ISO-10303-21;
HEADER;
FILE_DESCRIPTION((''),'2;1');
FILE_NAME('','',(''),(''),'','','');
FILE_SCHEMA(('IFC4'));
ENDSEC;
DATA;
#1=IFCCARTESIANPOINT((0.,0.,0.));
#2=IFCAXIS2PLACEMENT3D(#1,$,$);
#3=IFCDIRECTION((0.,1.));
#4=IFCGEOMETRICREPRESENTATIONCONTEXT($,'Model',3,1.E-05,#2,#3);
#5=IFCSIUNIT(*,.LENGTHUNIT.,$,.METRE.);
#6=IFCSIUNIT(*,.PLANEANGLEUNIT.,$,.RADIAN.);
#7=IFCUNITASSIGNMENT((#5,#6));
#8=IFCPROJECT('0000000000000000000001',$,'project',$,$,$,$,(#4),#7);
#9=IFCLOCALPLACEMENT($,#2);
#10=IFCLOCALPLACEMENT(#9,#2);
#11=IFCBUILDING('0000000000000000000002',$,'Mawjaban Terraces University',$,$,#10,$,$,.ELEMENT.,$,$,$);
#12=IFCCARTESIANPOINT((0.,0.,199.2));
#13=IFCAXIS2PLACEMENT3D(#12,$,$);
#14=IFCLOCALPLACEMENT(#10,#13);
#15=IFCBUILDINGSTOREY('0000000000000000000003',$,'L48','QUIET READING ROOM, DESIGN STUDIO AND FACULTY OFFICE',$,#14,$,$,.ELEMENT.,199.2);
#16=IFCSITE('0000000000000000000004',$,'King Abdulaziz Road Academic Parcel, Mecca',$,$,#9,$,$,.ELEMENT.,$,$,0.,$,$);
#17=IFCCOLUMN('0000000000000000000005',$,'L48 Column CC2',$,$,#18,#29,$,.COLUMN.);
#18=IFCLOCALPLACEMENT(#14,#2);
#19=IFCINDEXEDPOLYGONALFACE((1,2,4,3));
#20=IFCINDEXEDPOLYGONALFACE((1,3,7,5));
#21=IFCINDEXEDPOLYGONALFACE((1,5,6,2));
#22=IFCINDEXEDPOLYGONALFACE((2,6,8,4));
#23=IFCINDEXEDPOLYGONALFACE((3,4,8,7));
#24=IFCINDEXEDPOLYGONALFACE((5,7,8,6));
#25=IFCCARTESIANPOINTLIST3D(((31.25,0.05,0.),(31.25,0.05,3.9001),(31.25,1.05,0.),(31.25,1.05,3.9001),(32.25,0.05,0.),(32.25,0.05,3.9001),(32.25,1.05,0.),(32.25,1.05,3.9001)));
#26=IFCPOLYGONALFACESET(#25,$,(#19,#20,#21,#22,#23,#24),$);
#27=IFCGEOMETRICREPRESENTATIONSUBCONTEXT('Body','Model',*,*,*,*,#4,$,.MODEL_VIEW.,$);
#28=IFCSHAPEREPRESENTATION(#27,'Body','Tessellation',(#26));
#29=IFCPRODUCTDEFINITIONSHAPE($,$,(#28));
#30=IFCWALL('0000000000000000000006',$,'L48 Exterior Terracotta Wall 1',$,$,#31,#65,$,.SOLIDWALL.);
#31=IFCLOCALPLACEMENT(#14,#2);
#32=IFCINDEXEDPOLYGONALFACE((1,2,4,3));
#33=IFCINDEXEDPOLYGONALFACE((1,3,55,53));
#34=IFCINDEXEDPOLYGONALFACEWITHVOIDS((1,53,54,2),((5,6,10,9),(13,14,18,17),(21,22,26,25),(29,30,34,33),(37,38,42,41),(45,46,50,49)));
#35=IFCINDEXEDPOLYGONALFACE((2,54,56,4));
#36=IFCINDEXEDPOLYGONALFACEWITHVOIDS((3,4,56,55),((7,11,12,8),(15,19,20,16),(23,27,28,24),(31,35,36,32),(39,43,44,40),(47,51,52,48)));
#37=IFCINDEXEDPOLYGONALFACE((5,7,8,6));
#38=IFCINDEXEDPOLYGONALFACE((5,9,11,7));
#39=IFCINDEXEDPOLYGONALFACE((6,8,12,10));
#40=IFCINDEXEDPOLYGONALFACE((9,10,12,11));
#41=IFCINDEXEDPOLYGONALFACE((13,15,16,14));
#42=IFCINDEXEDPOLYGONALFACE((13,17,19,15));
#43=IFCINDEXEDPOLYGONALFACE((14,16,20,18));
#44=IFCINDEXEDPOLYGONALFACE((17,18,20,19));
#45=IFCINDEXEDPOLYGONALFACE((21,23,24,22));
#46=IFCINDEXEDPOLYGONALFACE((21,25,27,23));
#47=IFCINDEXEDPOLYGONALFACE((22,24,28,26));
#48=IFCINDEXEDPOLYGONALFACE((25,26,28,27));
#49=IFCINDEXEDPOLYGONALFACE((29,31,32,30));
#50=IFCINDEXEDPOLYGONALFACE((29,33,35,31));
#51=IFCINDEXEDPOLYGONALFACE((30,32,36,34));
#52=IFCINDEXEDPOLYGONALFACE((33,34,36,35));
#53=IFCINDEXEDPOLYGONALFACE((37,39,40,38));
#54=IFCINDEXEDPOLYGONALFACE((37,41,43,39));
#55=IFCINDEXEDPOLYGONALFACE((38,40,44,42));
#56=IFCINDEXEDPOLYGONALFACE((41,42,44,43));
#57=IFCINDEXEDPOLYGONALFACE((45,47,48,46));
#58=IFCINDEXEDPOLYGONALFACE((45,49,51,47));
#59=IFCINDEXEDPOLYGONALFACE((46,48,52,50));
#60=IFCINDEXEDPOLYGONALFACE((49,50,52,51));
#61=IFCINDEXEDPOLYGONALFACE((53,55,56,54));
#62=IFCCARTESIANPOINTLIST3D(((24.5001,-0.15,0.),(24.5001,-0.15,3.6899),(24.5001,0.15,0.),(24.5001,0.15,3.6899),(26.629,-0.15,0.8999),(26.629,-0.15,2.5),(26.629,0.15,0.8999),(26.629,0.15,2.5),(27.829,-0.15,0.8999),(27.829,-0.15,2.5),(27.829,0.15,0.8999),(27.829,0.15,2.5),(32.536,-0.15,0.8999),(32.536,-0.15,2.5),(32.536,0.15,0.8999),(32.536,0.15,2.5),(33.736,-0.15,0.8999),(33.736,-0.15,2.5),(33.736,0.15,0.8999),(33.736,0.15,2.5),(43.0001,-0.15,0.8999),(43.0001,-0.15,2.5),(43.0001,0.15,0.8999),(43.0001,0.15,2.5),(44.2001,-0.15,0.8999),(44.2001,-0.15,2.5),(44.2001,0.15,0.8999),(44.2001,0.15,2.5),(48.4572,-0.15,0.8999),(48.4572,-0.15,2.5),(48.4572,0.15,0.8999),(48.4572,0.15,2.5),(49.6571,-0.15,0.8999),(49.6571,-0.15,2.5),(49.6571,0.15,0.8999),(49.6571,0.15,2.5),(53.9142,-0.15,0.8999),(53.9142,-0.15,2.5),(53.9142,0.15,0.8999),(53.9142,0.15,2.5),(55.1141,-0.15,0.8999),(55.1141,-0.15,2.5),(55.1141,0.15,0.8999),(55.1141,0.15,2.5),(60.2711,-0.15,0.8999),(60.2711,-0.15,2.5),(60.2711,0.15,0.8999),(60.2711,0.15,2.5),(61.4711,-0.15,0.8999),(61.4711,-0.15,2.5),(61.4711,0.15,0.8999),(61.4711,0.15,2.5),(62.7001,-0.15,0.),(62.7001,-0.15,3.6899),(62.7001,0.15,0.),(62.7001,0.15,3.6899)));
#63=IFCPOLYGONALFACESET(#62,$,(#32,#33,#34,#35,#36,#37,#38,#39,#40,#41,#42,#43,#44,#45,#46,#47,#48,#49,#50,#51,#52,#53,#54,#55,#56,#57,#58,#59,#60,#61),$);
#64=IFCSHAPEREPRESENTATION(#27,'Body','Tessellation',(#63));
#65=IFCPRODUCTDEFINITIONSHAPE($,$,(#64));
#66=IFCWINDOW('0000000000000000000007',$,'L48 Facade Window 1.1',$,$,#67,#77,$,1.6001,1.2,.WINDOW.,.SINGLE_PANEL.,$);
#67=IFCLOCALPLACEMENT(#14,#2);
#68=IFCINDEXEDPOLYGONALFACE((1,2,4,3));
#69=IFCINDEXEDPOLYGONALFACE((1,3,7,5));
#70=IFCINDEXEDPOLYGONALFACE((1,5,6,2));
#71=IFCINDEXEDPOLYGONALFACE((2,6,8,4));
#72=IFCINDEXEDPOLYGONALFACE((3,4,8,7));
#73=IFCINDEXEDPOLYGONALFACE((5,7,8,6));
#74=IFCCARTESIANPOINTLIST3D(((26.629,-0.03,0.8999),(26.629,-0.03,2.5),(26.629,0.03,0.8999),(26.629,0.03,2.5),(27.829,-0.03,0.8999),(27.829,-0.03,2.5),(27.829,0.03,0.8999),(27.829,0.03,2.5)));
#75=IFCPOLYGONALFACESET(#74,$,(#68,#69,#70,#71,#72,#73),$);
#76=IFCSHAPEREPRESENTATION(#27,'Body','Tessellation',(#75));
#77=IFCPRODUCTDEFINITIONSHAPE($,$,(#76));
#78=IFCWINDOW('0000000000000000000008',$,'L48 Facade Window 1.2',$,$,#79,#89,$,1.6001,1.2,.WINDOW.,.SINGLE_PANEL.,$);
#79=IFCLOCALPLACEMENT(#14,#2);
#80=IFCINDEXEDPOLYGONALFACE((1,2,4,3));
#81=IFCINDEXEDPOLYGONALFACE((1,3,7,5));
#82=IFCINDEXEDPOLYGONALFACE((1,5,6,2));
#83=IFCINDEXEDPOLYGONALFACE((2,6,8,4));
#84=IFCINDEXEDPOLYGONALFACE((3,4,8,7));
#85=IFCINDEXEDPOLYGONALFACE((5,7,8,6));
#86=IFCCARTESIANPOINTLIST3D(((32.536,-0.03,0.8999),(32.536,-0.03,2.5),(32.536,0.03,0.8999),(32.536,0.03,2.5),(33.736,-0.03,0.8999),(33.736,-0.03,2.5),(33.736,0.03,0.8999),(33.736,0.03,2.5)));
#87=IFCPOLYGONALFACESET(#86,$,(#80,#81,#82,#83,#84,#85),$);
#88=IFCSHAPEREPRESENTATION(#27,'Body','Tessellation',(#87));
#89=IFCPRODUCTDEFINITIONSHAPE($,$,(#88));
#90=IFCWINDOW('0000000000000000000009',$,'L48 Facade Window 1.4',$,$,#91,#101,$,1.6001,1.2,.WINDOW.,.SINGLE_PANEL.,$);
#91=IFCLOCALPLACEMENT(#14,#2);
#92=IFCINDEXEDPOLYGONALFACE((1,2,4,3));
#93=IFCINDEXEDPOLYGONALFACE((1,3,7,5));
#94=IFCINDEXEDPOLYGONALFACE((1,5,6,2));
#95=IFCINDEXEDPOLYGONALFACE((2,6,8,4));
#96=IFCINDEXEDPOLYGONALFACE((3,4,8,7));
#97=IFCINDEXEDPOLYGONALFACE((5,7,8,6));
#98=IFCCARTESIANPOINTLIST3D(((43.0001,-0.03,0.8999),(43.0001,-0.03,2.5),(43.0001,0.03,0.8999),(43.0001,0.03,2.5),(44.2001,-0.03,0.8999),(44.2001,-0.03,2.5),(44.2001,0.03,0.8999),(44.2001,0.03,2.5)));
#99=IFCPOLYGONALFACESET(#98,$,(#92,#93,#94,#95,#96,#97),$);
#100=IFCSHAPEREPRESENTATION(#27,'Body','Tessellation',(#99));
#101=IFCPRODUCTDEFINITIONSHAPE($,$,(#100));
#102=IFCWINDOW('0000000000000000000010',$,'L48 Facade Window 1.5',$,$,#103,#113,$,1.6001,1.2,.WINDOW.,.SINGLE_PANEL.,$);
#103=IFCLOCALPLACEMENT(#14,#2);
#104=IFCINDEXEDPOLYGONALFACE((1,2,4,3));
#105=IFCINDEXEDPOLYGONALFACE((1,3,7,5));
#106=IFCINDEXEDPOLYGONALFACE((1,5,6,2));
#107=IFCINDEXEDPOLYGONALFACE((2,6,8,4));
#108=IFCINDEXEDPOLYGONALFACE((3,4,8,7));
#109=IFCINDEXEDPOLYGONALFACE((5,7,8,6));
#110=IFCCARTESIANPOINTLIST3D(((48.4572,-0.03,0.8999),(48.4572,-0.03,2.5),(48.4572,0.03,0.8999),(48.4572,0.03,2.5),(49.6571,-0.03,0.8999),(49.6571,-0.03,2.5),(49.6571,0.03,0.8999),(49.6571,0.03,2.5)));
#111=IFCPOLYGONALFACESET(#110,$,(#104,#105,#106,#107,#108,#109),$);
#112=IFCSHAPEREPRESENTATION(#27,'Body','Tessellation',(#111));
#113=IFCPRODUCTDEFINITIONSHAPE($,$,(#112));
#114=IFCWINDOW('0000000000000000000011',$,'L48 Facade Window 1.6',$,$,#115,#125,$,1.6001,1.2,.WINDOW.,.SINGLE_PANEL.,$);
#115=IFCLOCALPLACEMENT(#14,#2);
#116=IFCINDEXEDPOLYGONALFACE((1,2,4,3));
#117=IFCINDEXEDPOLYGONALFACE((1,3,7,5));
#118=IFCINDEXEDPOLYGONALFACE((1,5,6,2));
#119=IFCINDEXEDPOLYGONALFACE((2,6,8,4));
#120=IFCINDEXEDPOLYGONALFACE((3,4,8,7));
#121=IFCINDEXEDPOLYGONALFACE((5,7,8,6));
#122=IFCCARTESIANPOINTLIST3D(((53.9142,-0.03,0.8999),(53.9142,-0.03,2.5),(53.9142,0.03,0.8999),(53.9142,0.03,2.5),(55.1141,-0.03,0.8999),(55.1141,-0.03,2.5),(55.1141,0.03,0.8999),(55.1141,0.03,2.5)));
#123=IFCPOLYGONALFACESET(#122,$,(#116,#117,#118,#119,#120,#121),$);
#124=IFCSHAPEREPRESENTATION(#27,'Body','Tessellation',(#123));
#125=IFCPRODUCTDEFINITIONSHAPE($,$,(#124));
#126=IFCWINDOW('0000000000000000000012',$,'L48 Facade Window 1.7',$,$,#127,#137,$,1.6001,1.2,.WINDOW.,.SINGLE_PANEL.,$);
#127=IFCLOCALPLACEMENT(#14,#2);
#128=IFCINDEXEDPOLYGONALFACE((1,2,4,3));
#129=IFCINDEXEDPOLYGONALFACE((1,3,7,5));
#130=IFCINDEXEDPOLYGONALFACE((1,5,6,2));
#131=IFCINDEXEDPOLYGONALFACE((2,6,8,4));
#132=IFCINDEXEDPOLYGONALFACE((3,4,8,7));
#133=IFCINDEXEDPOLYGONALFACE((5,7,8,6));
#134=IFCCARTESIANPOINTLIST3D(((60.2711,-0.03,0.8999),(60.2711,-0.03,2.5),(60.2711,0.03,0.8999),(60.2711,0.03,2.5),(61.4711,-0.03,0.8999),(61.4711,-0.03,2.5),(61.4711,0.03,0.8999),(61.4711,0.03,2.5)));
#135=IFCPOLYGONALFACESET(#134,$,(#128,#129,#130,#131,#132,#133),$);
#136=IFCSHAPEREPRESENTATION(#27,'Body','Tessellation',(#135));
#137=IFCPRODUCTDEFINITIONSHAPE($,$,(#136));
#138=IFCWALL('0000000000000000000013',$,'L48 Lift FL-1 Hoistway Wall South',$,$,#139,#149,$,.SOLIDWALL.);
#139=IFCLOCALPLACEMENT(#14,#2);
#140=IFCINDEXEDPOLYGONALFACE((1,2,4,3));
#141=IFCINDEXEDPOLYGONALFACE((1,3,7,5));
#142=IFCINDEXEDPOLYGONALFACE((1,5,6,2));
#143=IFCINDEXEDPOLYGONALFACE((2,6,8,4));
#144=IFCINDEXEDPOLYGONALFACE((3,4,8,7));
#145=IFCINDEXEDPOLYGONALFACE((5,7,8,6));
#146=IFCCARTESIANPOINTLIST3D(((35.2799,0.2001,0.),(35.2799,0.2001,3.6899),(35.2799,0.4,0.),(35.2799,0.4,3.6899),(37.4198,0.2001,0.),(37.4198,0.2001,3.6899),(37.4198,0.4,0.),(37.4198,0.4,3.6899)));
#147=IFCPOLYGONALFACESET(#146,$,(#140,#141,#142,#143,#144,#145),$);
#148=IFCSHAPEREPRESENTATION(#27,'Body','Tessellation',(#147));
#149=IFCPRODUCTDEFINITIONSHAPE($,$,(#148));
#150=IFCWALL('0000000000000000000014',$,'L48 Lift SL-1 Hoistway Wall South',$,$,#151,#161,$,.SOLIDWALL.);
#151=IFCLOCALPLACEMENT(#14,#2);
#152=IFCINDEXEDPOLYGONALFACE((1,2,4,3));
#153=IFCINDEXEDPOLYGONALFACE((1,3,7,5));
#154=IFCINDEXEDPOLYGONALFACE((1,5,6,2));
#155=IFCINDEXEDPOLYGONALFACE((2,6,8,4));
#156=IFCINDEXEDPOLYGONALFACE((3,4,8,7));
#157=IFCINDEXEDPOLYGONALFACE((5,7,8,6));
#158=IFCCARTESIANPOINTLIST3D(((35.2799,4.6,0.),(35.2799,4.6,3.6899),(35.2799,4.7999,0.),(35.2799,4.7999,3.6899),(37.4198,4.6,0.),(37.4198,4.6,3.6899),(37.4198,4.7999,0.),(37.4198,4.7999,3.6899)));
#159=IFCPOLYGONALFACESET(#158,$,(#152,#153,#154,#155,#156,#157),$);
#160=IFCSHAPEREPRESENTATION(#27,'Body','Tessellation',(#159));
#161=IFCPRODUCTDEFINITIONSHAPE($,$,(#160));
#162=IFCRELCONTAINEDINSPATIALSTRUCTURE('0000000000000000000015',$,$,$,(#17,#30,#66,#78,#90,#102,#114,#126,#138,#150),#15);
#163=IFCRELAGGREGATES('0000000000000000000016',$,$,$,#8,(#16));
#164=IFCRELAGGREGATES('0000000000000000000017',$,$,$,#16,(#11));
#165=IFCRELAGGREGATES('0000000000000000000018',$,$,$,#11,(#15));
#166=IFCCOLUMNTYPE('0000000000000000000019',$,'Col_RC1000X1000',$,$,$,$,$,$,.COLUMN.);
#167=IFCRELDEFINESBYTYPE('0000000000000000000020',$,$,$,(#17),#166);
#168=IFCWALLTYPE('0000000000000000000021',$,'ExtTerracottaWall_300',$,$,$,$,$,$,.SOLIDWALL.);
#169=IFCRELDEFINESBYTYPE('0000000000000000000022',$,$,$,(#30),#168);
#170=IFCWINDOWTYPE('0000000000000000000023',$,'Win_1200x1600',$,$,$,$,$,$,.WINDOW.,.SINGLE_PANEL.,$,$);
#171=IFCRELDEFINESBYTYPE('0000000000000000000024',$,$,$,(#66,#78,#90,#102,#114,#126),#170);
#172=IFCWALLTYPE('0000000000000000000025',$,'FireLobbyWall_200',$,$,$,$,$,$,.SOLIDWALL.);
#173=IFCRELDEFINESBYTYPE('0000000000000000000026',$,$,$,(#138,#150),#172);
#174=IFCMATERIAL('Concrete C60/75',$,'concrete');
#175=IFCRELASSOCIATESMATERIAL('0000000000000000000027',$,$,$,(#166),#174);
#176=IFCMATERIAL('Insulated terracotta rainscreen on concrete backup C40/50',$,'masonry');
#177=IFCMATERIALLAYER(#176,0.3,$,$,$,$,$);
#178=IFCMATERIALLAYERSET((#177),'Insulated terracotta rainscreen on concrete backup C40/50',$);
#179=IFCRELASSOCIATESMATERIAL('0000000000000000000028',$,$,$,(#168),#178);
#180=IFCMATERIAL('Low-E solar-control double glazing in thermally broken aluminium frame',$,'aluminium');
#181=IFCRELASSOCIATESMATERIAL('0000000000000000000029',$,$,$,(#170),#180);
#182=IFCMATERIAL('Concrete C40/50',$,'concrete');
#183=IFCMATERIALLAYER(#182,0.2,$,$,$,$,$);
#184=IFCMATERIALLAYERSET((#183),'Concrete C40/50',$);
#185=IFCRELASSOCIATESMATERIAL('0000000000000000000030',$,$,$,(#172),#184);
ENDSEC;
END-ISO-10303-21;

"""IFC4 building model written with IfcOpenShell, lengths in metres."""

from ifc_helpers import new_model, si_unit, direction, frame, frame_2d, origin, origin_2d, place, context, subcontext, project, spatial, rectangle, extrude, material, layer, layer_set, material_profile, profile_set, type_object, element, fill, save


model = new_model("IFC4")

# Units and contexts
model_context = context("Model", 3, precision=1e-05, world=origin(), true_north=direction((0.0, 1.0)))
body_context = subcontext(model_context, "Body", "Model", "MODEL_VIEW")
ifc_project = project(units=[si_unit("LENGTHUNIT", "METRE"), si_unit("PLANEANGLEUNIT", "RADIAN")], contexts=[model_context])

# Site, building, storey
site_placement = place(None, origin())
site = spatial("IfcSite", under=ifc_project, at=site_placement, Name="King Abdulaziz Road Academic Parcel, Mecca", CompositionType="ELEMENT", RefElevation=0.0)
building_placement = place(site_placement, origin())
building = spatial("IfcBuilding", under=site, at=building_placement, Name="Mawjaban Terraces University", CompositionType="ELEMENT")
storey_placement = place(building_placement, frame((0.0, 0.0, 199.2)))
storey = spatial("IfcBuildingStorey", under=building, at=storey_placement, Name="L48", Description="QUIET READING ROOM, DESIGN STUDIO AND FACULTY OFFICE", CompositionType="ELEMENT", Elevation=199.2)

# Column
ifc_material_1 = material(Name="Concrete C60/75", Category="concrete")
ifc_material_profile = material_profile(ifc_material_1, rectangle(XDim=1.0, YDim=1.0, at=origin_2d()), Name="RC1000X1000")
ifc_profile_set = profile_set([ifc_material_profile], Name="Concrete C60/75")
column_type = type_object("IfcColumnType", Name="Col_RC1000X1000", PredefinedType="COLUMN", material=ifc_profile_set)
column_placement = place(storey_placement, frame((31.75, 0.55, 0.0), z_axis=(0.0, 0.0, 1.0), x_axis=(1.0, 0.0, 0.0)))
element("IfcColumn", 1, at=column_placement, inside=storey, type_object=column_type, Name="L48 Column CC2", PredefinedType="COLUMN", context=body_context, shape_type="SweptSolid", body=[
    extrude(rectangle(XDim=1.0, YDim=1.0, at=origin_2d()), origin(), (0.0, 0.0, 1.0), 3.9001),
])

# Wall, openings, windows
ifc_material_2 = material(Name="Insulated terracotta rainscreen on concrete backup C40/50", Category="masonry")
ifc_layer_1 = layer(ifc_material_2, 0.3)
ifc_layer_set_1 = layer_set([ifc_layer_1], Name="Insulated terracotta rainscreen on concrete backup C40/50")
wall_type_1 = type_object("IfcWallType", Name="ExtTerracottaWall_300", PredefinedType="SOLIDWALL", material=ifc_layer_set_1)
wall_1_placement = place(storey_placement, frame((24.5, 0.0, 0.0), z_axis=(0.0, 0.0, 1.0), x_axis=(1.0, 0.0, 0.0)))
wall_1 = element("IfcWall", 2, at=wall_1_placement, inside=storey, type_object=wall_type_1, Name="L48 Exterior Terracotta Wall 1", PredefinedType="SOLIDWALL", context=body_context, shape_type="SweptSolid", body=[
    extrude(rectangle(XDim=38.2, YDim=0.3, at=frame_2d((19.1001, 0.0))), origin(), (0.0, 0.0, 1.0), 3.6899),
])
opening_1_placement = place(wall_1_placement, frame((2.1289, 0.0, 0.8999)))
opening_1 = element("IfcOpeningElement", 3, at=opening_1_placement, cuts=wall_1, PredefinedType="OPENING", context=body_context, shape_type="SweptSolid", body=[
    extrude(rectangle(XDim=1.2, YDim=1.6001, at=frame_2d((0.6001, 0.8))), frame((0.0, 0.1599, 0.0), z_axis=(0.0, -1.0, 0.0), x_axis=(1.0, 0.0, 0.0)), (0.0, 0.0, 1.0), 0.3201),
])
opening_2_placement = place(wall_1_placement, frame((8.0359, 0.0, 0.8999)))
opening_2 = element("IfcOpeningElement", 4, at=opening_2_placement, cuts=wall_1, PredefinedType="OPENING", context=body_context, shape_type="SweptSolid", body=[
    extrude(rectangle(XDim=1.2, YDim=1.6001, at=frame_2d((0.6001, 0.8))), frame((0.0, 0.1599, 0.0), z_axis=(0.0, -1.0, 0.0), x_axis=(1.0, 0.0, 0.0)), (0.0, 0.0, 1.0), 0.3201),
])
opening_3_placement = place(wall_1_placement, frame((18.5, 0.0, 0.8999)))
opening_3 = element("IfcOpeningElement", 5, at=opening_3_placement, cuts=wall_1, PredefinedType="OPENING", context=body_context, shape_type="SweptSolid", body=[
    extrude(rectangle(XDim=1.2, YDim=1.6001, at=frame_2d((0.6001, 0.8))), frame((0.0, 0.1599, 0.0), z_axis=(0.0, -1.0, 0.0), x_axis=(1.0, 0.0, 0.0)), (0.0, 0.0, 1.0), 0.3201),
])
opening_4_placement = place(wall_1_placement, frame((23.957, 0.0, 0.8999)))
opening_4 = element("IfcOpeningElement", 6, at=opening_4_placement, cuts=wall_1, PredefinedType="OPENING", context=body_context, shape_type="SweptSolid", body=[
    extrude(rectangle(XDim=1.2, YDim=1.6001, at=frame_2d((0.6001, 0.8))), frame((0.0, 0.1599, 0.0), z_axis=(0.0, -1.0, 0.0), x_axis=(1.0, 0.0, 0.0)), (0.0, 0.0, 1.0), 0.3201),
])
opening_5_placement = place(wall_1_placement, frame((29.4141, 0.0, 0.8999)))
opening_5 = element("IfcOpeningElement", 7, at=opening_5_placement, cuts=wall_1, PredefinedType="OPENING", context=body_context, shape_type="SweptSolid", body=[
    extrude(rectangle(XDim=1.2, YDim=1.6001, at=frame_2d((0.6001, 0.8))), frame((0.0, 0.1599, 0.0), z_axis=(0.0, -1.0, 0.0), x_axis=(1.0, 0.0, 0.0)), (0.0, 0.0, 1.0), 0.3201),
])
opening_6_placement = place(wall_1_placement, frame((35.771, 0.0, 0.8999)))
opening_6 = element("IfcOpeningElement", 8, at=opening_6_placement, cuts=wall_1, PredefinedType="OPENING", context=body_context, shape_type="SweptSolid", body=[
    extrude(rectangle(XDim=1.2, YDim=1.6001, at=frame_2d((0.6001, 0.8))), frame((0.0, 0.1599, 0.0), z_axis=(0.0, -1.0, 0.0), x_axis=(1.0, 0.0, 0.0)), (0.0, 0.0, 1.0), 0.3201),
])
ifc_material_3 = material(Name="Low-E solar-control double glazing in thermally broken aluminium frame", Category="aluminium")
window_type = type_object("IfcWindowType", Name="Win_1200x1600", PartitioningType="SINGLE_PANEL", PredefinedType="WINDOW", material=ifc_material_3)
window_1_placement = place(opening_1_placement, origin())
window_1 = element("IfcWindow", 9, at=window_1_placement, inside=storey, type_object=window_type, Name="L48 Facade Window 1.1", OverallHeight=1.6001, OverallWidth=1.2, PartitioningType="SINGLE_PANEL", PredefinedType="WINDOW", context=body_context, shape_type="SweptSolid", body=[
    extrude(rectangle(XDim=1.2, YDim=1.6001, at=frame_2d((0.6001, 0.8))), frame((0.0, 0.03, 0.0), z_axis=(0.0, -1.0, 0.0), x_axis=(1.0, 0.0, 0.0)), (0.0, 0.0, 1.0), 0.0601),
])
fill(opening_1, window_1)
window_2_placement = place(opening_2_placement, origin())
window_2 = element("IfcWindow", 10, at=window_2_placement, inside=storey, type_object=window_type, Name="L48 Facade Window 1.2", OverallHeight=1.6001, OverallWidth=1.2, PartitioningType="SINGLE_PANEL", PredefinedType="WINDOW", context=body_context, shape_type="SweptSolid", body=[
    extrude(rectangle(XDim=1.2, YDim=1.6001, at=frame_2d((0.6001, 0.8))), frame((0.0, 0.03, 0.0), z_axis=(0.0, -1.0, 0.0), x_axis=(1.0, 0.0, 0.0)), (0.0, 0.0, 1.0), 0.0601),
])
fill(opening_2, window_2)
window_3_placement = place(opening_3_placement, origin())
window_3 = element("IfcWindow", 11, at=window_3_placement, inside=storey, type_object=window_type, Name="L48 Facade Window 1.4", OverallHeight=1.6001, OverallWidth=1.2, PartitioningType="SINGLE_PANEL", PredefinedType="WINDOW", context=body_context, shape_type="SweptSolid", body=[
    extrude(rectangle(XDim=1.2, YDim=1.6001, at=frame_2d((0.6001, 0.8))), frame((0.0, 0.03, 0.0), z_axis=(0.0, -1.0, 0.0), x_axis=(1.0, 0.0, 0.0)), (0.0, 0.0, 1.0), 0.0601),
])
fill(opening_3, window_3)
window_4_placement = place(opening_4_placement, origin())
window_4 = element("IfcWindow", 12, at=window_4_placement, inside=storey, type_object=window_type, Name="L48 Facade Window 1.5", OverallHeight=1.6001, OverallWidth=1.2, PartitioningType="SINGLE_PANEL", PredefinedType="WINDOW", context=body_context, shape_type="SweptSolid", body=[
    extrude(rectangle(XDim=1.2, YDim=1.6001, at=frame_2d((0.6001, 0.8))), frame((0.0, 0.03, 0.0), z_axis=(0.0, -1.0, 0.0), x_axis=(1.0, 0.0, 0.0)), (0.0, 0.0, 1.0), 0.0601),
])
fill(opening_4, window_4)
window_5_placement = place(opening_5_placement, origin())
window_5 = element("IfcWindow", 13, at=window_5_placement, inside=storey, type_object=window_type, Name="L48 Facade Window 1.6", OverallHeight=1.6001, OverallWidth=1.2, PartitioningType="SINGLE_PANEL", PredefinedType="WINDOW", context=body_context, shape_type="SweptSolid", body=[
    extrude(rectangle(XDim=1.2, YDim=1.6001, at=frame_2d((0.6001, 0.8))), frame((0.0, 0.03, 0.0), z_axis=(0.0, -1.0, 0.0), x_axis=(1.0, 0.0, 0.0)), (0.0, 0.0, 1.0), 0.0601),
])
fill(opening_5, window_5)
window_6_placement = place(opening_6_placement, origin())
window_6 = element("IfcWindow", 14, at=window_6_placement, inside=storey, type_object=window_type, Name="L48 Facade Window 1.7", OverallHeight=1.6001, OverallWidth=1.2, PartitioningType="SINGLE_PANEL", PredefinedType="WINDOW", context=body_context, shape_type="SweptSolid", body=[
    extrude(rectangle(XDim=1.2, YDim=1.6001, at=frame_2d((0.6001, 0.8))), frame((0.0, 0.03, 0.0), z_axis=(0.0, -1.0, 0.0), x_axis=(1.0, 0.0, 0.0)), (0.0, 0.0, 1.0), 0.0601),
])
fill(opening_6, window_6)

# Shared definitions
ifc_material_4 = material(Name="Concrete C40/50", Category="concrete")
ifc_layer_2 = layer(ifc_material_4, 0.2)
ifc_layer_set_2 = layer_set([ifc_layer_2], Name="Concrete C40/50")
wall_type_2 = type_object("IfcWallType", Name="FireLobbyWall_200", PredefinedType="SOLIDWALL", material=ifc_layer_set_2)

# Wall
wall_2_placement = place(storey_placement, frame((35.28, 0.3, 0.0), z_axis=(0.0, 0.0, 1.0), x_axis=(1.0, 0.0, 0.0)))
element("IfcWall", 15, at=wall_2_placement, inside=storey, type_object=wall_type_2, Name="L48 Lift FL-1 Hoistway Wall South", PredefinedType="SOLIDWALL", context=body_context, shape_type="SweptSolid", body=[
    extrude(rectangle(XDim=2.1399, YDim=0.2, at=frame_2d((1.0698, 0.0))), origin(), (0.0, 0.0, 1.0), 3.6899),
])

# Wall
wall_3_placement = place(storey_placement, frame((35.28, 4.7, 0.0), z_axis=(0.0, 0.0, 1.0), x_axis=(1.0, 0.0, 0.0)))
element("IfcWall", 16, at=wall_3_placement, inside=storey, type_object=wall_type_2, Name="L48 Lift SL-1 Hoistway Wall South", PredefinedType="SOLIDWALL", context=body_context, shape_type="SweptSolid", body=[
    extrude(rectangle(XDim=2.1399, YDim=0.2, at=frame_2d((1.0698, 0.0))), origin(), (0.0, 0.0, 1.0), 3.6899),
])

save(model, "model.ifc")
